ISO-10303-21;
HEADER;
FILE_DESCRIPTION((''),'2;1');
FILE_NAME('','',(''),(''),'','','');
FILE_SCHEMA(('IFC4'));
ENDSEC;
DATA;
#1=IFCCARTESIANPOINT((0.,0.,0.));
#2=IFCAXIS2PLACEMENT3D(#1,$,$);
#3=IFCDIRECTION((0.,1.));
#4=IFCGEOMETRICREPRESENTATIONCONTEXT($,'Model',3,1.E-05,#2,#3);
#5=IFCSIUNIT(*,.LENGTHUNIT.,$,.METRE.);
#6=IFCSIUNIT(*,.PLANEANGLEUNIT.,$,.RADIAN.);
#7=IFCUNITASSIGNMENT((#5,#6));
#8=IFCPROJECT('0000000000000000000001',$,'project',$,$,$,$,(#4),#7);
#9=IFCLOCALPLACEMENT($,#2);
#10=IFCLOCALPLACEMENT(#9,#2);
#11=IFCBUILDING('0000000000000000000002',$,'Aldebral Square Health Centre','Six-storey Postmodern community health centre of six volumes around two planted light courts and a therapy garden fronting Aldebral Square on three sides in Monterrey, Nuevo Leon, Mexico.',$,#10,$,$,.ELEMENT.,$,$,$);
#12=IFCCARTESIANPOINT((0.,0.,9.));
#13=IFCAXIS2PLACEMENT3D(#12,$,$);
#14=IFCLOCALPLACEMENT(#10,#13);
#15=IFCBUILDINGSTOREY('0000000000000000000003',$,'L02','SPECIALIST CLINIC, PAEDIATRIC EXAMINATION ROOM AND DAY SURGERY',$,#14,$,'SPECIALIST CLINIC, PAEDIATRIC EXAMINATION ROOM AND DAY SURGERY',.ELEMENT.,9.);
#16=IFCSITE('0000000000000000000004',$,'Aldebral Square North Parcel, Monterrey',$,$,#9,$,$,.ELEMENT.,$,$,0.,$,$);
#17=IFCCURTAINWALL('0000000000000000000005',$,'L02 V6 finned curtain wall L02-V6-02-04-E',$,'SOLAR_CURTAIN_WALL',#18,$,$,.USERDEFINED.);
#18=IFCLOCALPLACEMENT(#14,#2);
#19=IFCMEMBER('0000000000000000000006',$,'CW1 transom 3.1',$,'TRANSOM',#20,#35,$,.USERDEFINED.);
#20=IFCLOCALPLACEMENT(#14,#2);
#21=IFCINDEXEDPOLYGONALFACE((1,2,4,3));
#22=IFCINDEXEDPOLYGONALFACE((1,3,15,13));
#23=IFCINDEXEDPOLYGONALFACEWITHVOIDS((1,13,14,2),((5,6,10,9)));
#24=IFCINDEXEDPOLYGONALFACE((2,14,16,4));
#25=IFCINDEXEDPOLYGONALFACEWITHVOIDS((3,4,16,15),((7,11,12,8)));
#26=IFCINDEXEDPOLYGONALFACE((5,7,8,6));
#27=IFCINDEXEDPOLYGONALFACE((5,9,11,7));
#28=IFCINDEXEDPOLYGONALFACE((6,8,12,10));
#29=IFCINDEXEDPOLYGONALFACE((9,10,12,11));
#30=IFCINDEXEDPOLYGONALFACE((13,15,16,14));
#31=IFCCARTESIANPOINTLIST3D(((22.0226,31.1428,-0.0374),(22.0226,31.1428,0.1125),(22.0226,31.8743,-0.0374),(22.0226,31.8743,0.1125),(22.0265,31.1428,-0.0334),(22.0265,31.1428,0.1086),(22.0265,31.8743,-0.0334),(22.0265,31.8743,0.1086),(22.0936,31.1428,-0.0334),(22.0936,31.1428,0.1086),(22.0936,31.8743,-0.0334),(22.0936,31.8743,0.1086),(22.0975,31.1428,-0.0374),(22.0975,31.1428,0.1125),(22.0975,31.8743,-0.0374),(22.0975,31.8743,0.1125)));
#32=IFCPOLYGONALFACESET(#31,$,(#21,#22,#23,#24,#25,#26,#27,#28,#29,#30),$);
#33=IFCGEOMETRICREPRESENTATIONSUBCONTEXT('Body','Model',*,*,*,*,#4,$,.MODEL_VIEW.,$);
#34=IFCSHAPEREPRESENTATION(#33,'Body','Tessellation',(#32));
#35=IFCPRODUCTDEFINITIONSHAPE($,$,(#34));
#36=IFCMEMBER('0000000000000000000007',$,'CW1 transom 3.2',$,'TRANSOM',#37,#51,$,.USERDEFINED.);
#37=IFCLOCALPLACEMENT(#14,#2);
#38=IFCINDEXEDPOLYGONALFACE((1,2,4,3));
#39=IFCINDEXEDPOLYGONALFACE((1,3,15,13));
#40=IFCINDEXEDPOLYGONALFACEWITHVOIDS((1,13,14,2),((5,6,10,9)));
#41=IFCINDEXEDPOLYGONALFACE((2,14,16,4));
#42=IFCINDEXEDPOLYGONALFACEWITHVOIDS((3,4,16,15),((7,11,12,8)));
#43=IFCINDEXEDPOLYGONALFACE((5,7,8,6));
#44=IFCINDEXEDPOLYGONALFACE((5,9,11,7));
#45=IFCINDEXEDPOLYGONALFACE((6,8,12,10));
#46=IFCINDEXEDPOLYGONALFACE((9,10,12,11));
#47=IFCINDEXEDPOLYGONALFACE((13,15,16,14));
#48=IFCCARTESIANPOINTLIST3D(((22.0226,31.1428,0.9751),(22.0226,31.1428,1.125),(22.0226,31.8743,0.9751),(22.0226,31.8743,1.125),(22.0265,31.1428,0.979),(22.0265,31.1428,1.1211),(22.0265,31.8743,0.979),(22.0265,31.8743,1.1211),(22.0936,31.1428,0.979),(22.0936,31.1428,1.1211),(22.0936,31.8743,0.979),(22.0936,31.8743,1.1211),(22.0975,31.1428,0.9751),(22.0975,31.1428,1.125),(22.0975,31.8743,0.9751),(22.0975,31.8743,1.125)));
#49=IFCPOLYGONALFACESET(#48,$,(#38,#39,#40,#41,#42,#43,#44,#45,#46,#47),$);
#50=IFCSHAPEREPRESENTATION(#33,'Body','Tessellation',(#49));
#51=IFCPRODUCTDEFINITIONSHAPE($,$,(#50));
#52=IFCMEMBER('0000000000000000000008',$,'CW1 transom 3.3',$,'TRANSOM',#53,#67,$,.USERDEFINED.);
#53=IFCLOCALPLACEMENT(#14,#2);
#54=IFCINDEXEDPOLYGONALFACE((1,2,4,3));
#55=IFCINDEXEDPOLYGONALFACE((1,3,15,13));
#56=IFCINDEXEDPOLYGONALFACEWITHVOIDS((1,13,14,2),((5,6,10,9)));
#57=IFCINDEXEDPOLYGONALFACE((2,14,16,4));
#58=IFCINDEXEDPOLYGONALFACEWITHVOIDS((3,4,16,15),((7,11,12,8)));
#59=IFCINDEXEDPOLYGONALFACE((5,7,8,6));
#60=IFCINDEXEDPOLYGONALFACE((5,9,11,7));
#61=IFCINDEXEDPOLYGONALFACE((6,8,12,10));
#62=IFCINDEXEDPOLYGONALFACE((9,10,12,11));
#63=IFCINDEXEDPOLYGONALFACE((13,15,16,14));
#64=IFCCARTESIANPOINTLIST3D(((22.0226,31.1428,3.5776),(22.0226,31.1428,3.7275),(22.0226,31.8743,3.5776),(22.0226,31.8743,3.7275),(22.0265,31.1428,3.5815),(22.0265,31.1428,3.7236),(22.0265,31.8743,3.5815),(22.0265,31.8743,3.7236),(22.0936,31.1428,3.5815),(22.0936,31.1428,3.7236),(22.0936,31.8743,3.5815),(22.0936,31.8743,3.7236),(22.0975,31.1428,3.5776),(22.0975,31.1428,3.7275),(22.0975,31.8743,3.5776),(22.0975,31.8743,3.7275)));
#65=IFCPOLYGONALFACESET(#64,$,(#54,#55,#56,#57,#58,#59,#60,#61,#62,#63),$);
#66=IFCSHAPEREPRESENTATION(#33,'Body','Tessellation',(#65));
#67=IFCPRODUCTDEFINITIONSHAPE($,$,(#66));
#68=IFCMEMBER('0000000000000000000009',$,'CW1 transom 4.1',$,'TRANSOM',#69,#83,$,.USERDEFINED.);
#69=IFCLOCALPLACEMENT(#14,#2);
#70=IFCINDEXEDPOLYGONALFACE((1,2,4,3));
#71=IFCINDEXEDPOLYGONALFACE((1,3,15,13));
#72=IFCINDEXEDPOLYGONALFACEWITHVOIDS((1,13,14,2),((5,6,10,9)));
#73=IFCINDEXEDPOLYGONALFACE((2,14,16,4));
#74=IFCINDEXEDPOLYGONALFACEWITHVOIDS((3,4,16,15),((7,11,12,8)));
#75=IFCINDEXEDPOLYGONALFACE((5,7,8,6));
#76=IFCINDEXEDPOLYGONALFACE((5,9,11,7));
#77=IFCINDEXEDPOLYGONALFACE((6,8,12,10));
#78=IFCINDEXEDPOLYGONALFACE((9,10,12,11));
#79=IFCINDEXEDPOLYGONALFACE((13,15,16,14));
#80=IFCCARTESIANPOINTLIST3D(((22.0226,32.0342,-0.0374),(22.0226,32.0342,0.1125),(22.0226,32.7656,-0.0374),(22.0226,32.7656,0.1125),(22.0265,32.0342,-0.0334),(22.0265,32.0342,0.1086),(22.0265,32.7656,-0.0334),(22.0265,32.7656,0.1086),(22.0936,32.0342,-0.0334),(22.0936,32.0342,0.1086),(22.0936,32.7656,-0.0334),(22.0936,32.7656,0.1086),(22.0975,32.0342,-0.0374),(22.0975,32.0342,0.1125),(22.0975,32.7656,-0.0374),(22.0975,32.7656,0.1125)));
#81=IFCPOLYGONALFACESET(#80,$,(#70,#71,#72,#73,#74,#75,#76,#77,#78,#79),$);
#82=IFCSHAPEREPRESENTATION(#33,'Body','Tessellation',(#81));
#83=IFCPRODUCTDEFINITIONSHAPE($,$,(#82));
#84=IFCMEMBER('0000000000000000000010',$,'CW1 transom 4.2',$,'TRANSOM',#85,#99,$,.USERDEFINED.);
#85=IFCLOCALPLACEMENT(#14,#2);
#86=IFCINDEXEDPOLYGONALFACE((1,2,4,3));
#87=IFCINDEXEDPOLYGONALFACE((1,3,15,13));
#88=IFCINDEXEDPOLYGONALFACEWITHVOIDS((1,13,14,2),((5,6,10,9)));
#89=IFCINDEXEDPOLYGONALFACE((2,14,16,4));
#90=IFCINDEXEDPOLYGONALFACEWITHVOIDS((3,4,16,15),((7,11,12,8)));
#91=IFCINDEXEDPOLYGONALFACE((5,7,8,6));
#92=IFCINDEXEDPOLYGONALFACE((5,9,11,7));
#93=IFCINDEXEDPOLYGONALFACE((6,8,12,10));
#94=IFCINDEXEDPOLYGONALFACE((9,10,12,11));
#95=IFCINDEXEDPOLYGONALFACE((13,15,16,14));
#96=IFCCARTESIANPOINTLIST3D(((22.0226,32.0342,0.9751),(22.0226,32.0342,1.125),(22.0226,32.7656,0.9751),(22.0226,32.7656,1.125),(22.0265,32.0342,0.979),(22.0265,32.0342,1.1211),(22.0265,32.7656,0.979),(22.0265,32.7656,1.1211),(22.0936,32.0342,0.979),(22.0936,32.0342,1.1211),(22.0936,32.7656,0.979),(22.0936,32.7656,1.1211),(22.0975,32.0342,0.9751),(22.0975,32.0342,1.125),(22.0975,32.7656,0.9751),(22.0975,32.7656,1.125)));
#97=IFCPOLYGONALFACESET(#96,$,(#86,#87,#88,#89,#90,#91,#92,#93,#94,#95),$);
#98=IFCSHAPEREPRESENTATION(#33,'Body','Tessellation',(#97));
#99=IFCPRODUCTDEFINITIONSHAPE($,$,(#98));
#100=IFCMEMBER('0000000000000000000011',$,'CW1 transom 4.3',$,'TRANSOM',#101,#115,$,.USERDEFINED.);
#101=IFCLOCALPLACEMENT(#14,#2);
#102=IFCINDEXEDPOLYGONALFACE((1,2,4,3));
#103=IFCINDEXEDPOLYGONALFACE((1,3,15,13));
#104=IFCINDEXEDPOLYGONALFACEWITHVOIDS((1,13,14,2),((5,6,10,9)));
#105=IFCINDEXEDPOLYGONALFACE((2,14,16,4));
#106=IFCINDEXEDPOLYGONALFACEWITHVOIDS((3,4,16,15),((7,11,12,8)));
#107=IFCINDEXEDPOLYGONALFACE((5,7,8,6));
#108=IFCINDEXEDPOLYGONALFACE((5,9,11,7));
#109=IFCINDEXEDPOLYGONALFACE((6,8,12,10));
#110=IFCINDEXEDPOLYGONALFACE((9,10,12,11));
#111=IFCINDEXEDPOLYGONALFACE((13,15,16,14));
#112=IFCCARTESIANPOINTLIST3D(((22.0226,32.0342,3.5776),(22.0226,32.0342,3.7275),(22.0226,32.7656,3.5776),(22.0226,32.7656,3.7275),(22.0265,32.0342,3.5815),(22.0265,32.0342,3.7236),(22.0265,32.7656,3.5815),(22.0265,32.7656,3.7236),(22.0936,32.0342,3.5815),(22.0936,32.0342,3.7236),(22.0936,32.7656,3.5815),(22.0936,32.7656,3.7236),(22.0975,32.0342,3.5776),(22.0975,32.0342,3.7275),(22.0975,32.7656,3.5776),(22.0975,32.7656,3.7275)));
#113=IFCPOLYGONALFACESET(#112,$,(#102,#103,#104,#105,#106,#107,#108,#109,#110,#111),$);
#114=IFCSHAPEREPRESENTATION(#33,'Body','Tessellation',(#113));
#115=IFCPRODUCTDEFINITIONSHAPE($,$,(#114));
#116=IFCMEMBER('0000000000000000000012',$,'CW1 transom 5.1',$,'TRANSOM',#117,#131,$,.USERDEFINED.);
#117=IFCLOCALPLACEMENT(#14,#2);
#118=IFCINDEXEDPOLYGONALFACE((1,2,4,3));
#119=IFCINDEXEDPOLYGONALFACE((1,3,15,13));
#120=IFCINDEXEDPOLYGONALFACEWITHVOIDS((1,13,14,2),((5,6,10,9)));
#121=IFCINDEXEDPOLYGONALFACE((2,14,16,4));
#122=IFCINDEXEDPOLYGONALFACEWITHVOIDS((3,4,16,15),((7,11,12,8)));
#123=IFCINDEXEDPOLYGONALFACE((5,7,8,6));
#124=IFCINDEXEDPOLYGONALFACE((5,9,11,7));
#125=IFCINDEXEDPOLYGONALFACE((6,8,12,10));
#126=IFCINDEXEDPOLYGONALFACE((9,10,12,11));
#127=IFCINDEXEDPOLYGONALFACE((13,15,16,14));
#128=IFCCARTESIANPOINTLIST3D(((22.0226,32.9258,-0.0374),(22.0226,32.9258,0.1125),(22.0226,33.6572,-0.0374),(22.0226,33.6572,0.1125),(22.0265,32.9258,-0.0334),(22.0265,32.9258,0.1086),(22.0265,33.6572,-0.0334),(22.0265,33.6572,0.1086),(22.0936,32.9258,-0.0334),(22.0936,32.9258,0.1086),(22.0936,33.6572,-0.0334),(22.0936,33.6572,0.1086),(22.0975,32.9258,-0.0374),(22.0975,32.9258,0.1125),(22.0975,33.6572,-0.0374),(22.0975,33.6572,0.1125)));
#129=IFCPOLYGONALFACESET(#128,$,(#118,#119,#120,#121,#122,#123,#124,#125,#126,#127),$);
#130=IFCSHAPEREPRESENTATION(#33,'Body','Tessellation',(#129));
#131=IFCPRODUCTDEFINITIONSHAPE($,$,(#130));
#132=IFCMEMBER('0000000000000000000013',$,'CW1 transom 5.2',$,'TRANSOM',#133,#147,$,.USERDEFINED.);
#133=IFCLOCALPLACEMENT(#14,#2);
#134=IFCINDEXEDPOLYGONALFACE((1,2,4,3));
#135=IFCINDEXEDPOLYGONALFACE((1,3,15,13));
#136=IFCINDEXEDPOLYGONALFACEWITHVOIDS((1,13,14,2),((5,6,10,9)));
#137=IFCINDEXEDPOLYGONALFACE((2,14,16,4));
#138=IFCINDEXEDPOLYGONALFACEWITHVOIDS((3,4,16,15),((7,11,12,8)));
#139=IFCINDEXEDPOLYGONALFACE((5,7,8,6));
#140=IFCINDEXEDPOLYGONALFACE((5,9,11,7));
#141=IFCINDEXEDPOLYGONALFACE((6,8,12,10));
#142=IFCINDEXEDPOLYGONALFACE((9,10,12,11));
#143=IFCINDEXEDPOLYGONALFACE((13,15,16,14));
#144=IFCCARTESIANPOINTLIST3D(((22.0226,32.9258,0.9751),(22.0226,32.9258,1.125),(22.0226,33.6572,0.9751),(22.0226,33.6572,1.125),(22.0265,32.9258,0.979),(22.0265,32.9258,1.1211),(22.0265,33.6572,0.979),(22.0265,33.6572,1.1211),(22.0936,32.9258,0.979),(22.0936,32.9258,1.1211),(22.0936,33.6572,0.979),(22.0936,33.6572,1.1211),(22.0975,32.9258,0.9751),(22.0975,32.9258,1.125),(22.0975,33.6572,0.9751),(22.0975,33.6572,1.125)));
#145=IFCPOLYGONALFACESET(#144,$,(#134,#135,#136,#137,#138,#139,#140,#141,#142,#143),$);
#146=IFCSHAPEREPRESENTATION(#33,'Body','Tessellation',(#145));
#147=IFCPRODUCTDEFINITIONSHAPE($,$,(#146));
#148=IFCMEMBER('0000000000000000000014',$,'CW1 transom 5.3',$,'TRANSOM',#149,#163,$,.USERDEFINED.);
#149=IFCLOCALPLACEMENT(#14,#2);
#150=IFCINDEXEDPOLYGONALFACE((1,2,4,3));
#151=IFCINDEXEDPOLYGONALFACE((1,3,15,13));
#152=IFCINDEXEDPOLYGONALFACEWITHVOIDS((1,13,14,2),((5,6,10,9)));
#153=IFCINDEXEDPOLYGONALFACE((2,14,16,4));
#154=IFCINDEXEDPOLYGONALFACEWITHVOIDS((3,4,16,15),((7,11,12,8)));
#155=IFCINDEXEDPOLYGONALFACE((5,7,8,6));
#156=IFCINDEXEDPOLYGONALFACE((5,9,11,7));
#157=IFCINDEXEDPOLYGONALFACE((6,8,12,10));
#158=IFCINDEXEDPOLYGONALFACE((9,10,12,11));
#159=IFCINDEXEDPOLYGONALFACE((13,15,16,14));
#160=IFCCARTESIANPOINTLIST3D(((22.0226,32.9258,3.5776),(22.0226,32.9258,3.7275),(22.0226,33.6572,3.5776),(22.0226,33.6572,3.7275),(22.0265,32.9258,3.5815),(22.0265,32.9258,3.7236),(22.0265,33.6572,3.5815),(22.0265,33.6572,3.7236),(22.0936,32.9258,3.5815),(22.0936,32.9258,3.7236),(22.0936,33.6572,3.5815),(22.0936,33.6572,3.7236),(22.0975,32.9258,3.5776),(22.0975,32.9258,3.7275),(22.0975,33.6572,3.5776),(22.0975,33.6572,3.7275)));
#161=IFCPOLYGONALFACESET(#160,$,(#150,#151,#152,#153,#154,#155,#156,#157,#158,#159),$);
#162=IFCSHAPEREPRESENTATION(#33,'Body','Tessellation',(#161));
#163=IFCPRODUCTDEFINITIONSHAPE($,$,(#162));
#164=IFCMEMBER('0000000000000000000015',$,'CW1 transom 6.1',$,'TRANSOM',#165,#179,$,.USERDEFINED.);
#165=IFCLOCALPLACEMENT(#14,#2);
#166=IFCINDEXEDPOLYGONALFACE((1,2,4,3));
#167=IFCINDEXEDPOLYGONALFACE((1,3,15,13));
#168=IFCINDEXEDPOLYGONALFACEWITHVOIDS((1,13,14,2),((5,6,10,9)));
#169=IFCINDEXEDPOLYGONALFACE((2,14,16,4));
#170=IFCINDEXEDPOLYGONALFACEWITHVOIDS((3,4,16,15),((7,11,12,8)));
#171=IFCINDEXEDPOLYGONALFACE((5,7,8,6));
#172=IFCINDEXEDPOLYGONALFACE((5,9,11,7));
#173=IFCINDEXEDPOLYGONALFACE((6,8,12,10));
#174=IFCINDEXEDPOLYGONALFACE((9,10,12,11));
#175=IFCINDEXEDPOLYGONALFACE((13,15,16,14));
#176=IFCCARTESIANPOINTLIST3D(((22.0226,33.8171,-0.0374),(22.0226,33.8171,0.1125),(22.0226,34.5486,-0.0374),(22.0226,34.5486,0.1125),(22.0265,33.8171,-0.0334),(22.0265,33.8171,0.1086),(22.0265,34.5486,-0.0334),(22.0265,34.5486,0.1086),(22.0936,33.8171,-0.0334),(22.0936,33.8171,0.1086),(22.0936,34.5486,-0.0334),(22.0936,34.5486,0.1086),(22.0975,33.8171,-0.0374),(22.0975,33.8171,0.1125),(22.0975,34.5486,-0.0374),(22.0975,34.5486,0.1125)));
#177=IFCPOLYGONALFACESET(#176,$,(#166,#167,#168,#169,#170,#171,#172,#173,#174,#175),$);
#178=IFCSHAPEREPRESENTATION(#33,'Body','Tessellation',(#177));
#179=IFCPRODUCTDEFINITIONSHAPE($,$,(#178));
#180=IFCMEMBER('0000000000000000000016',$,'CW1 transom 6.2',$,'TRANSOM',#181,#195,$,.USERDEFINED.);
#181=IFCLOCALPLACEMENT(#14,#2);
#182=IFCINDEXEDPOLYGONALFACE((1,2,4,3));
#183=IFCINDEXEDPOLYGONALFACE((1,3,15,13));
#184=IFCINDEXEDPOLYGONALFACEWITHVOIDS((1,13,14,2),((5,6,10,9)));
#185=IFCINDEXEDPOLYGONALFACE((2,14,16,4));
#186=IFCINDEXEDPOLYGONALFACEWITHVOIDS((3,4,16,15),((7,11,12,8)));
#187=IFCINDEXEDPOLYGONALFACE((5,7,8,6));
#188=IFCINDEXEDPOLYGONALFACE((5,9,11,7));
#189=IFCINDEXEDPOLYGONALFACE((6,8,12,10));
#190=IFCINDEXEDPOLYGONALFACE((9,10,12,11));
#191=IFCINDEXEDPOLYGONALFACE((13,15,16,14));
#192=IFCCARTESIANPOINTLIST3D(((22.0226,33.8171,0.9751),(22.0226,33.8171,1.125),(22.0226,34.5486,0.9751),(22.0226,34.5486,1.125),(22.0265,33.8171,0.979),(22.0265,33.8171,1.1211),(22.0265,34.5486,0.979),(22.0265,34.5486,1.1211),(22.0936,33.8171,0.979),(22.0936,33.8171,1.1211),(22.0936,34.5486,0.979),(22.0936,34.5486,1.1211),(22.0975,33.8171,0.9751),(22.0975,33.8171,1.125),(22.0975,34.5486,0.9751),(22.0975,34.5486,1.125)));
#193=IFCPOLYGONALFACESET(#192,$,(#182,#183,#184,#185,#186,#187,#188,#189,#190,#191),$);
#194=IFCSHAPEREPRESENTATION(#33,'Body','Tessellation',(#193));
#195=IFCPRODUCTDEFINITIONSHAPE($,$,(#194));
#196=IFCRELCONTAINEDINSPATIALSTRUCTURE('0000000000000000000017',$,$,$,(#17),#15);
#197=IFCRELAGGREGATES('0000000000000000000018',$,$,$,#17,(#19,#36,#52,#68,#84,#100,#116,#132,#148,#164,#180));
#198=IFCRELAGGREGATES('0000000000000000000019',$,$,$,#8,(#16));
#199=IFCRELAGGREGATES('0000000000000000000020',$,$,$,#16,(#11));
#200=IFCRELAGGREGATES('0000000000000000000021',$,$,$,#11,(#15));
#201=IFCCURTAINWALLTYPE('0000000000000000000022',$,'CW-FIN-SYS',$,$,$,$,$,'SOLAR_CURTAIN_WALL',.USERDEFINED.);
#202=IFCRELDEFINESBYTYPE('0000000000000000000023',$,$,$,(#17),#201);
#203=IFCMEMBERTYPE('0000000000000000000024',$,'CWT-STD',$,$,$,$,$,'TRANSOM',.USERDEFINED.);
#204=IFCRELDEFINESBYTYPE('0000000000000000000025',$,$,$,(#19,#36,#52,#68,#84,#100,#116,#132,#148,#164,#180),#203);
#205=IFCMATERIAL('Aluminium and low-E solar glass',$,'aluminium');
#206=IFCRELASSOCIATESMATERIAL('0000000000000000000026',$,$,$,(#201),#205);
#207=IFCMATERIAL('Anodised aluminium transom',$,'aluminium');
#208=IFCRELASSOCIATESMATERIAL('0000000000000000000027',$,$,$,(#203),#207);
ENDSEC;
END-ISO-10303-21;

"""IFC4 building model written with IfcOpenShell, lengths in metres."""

from ifc_helpers import new_model, si_unit, direction, frame, origin, origin_2d, place, context, subcontext, project, spatial, hollow_rectangle, extrude, material, material_profile, profile_set, type_object, element, aggregate, save


model = new_model("IFC4")

# Units and contexts
model_context = context("Model", 3, precision=1e-05, world=origin(), true_north=direction((0.0, 1.0)))
body_context = subcontext(model_context, "Body", "Model", "MODEL_VIEW")
ifc_project = project(units=[si_unit("LENGTHUNIT", "METRE"), si_unit("PLANEANGLEUNIT", "RADIAN")], contexts=[model_context])

# Site, building, storey
site_placement = place(None, origin())
site = spatial("IfcSite", under=ifc_project, at=site_placement, Name="Aldebral Square North Parcel, Monterrey", CompositionType="ELEMENT", RefElevation=0.0)
building_placement = place(site_placement, origin())
building = spatial("IfcBuilding", under=site, at=building_placement, Name="Aldebral Square Health Centre", Description="Six-storey Postmodern community health centre of six volumes around two planted light courts and a therapy garden fronting Aldebral Square on three sides in Monterrey, Nuevo Leon, Mexico.", CompositionType="ELEMENT")
storey_placement = place(building_placement, frame((0.0, 0.0, 9.0)))
storey = spatial("IfcBuildingStorey", under=building, at=storey_placement, Name="L02", Description="SPECIALIST CLINIC, PAEDIATRIC EXAMINATION ROOM AND DAY SURGERY", LongName="SPECIALIST CLINIC, PAEDIATRIC EXAMINATION ROOM AND DAY SURGERY", CompositionType="ELEMENT", Elevation=9.0)

# Curtain wall, members
ifc_material_1 = material(Name="Aluminium and low-E solar glass", Category="aluminium")
curtain_wall_type = type_object("IfcCurtainWallType", Name="CW-FIN-SYS", ElementType="SOLAR_CURTAIN_WALL", PredefinedType="USERDEFINED", material=ifc_material_1)
curtain_wall_placement = place(storey_placement, origin())
curtain_wall = element("IfcCurtainWall", 1, at=curtain_wall_placement, inside=storey, type_object=curtain_wall_type, Name="L02 V6 finned curtain wall L02-V6-02-04-E", ObjectType="SOLAR_CURTAIN_WALL", PredefinedType="USERDEFINED")
ifc_material_2 = material(Name="Anodised aluminium transom", Category="aluminium")
ifc_material_profile_1 = material_profile(ifc_material_2, hollow_rectangle(XDim=0.075, YDim=0.1499, WallThickness=0.0039, at=origin_2d()), Name="CWT 75x150x4")
ifc_profile_set_1 = profile_set([ifc_material_profile_1], Name="Anodised aluminium transom")
member_type_1 = type_object("IfcMemberType", Name="CWT-STD", ElementType="TRANSOM", PredefinedType="USERDEFINED", material=ifc_profile_set_1)
member_1_placement = place(storey_placement, frame((22.0601, 31.1428, 0.0376), z_axis=(0.0, 1.0, 0.0), x_axis=(-1.0, 0.0, 0.0)))
member_1 = element("IfcMember", 2, at=member_1_placement, type_object=member_type_1, Name="CW1 transom 3.1", ObjectType="TRANSOM", PredefinedType="USERDEFINED", context=body_context, shape_type="SweptSolid", body=[
    extrude(hollow_rectangle(XDim=0.075, YDim=0.1499, WallThickness=0.0039, at=origin_2d()), origin(), (0.0, 0.0, 1.0), 0.7314),
])
member_2_placement = place(storey_placement, frame((22.0601, 31.1428, 1.05), z_axis=(0.0, 1.0, 0.0), x_axis=(-1.0, 0.0, 0.0)))
member_2 = element("IfcMember", 3, at=member_2_placement, type_object=member_type_1, Name="CW1 transom 3.2", ObjectType="TRANSOM", PredefinedType="USERDEFINED", context=body_context, shape_type="SweptSolid", body=[
    extrude(hollow_rectangle(XDim=0.075, YDim=0.1499, WallThickness=0.0039, at=origin_2d()), origin(), (0.0, 0.0, 1.0), 0.7314),
])
member_3_placement = place(storey_placement, frame((22.0601, 31.1428, 3.6526), z_axis=(0.0, 1.0, 0.0), x_axis=(-1.0, 0.0, 0.0)))
member_3 = element("IfcMember", 4, at=member_3_placement, type_object=member_type_1, Name="CW1 transom 3.3", ObjectType="TRANSOM", PredefinedType="USERDEFINED", context=body_context, shape_type="SweptSolid", body=[
    extrude(hollow_rectangle(XDim=0.075, YDim=0.1499, WallThickness=0.0039, at=origin_2d()), origin(), (0.0, 0.0, 1.0), 0.7314),
])
member_4_placement = place(storey_placement, frame((22.0601, 32.0342, 0.0376), z_axis=(0.0, 1.0, 0.0), x_axis=(-1.0, 0.0, 0.0)))
member_4 = element("IfcMember", 5, at=member_4_placement, type_object=member_type_1, Name="CW1 transom 4.1", ObjectType="TRANSOM", PredefinedType="USERDEFINED", context=body_context, shape_type="SweptSolid", body=[
    extrude(hollow_rectangle(XDim=0.075, YDim=0.1499, WallThickness=0.0039, at=origin_2d()), origin(), (0.0, 0.0, 1.0), 0.7314),
])
member_5_placement = place(storey_placement, frame((22.0601, 32.0342, 1.05), z_axis=(0.0, 1.0, 0.0), x_axis=(-1.0, 0.0, 0.0)))
member_5 = element("IfcMember", 6, at=member_5_placement, type_object=member_type_1, Name="CW1 transom 4.2", ObjectType="TRANSOM", PredefinedType="USERDEFINED", context=body_context, shape_type="SweptSolid", body=[
    extrude(hollow_rectangle(XDim=0.075, YDim=0.1499, WallThickness=0.0039, at=origin_2d()), origin(), (0.0, 0.0, 1.0), 0.7314),
])
member_6_placement = place(storey_placement, frame((22.0601, 32.0342, 3.6526), z_axis=(0.0, 1.0, 0.0), x_axis=(-1.0, 0.0, 0.0)))
member_6 = element("IfcMember", 7, at=member_6_placement, type_object=member_type_1, Name="CW1 transom 4.3", ObjectType="TRANSOM", PredefinedType="USERDEFINED", context=body_context, shape_type="SweptSolid", body=[
    extrude(hollow_rectangle(XDim=0.075, YDim=0.1499, WallThickness=0.0039, at=origin_2d()), origin(), (0.0, 0.0, 1.0), 0.7314),
])
member_7_placement = place(storey_placement, frame((22.0601, 32.9258, 0.0376), z_axis=(0.0, 1.0, 0.0), x_axis=(-1.0, 0.0, 0.0)))
member_7 = element("IfcMember", 8, at=member_7_placement, type_object=member_type_1, Name="CW1 transom 5.1", ObjectType="TRANSOM", PredefinedType="USERDEFINED", context=body_context, shape_type="SweptSolid", body=[
    extrude(hollow_rectangle(XDim=0.075, YDim=0.1499, WallThickness=0.0039, at=origin_2d()), origin(), (0.0, 0.0, 1.0), 0.7314),
])
member_8_placement = place(storey_placement, frame((22.0601, 32.9258, 1.05), z_axis=(0.0, 1.0, 0.0), x_axis=(-1.0, 0.0, 0.0)))
member_8 = element("IfcMember", 9, at=member_8_placement, type_object=member_type_1, Name="CW1 transom 5.2", ObjectType="TRANSOM", PredefinedType="USERDEFINED", context=body_context, shape_type="SweptSolid", body=[
    extrude(hollow_rectangle(XDim=0.075, YDim=0.1499, WallThickness=0.0039, at=origin_2d()), origin(), (0.0, 0.0, 1.0), 0.7314),
])
member_9_placement = place(storey_placement, frame((22.0601, 32.9258, 3.6526), z_axis=(0.0, 1.0, 0.0), x_axis=(-1.0, 0.0, 0.0)))
member_9 = element("IfcMember", 10, at=member_9_placement, type_object=member_type_1, Name="CW1 transom 5.3", ObjectType="TRANSOM", PredefinedType="USERDEFINED", context=body_context, shape_type="SweptSolid", body=[
    extrude(hollow_rectangle(XDim=0.075, YDim=0.1499, WallThickness=0.0039, at=origin_2d()), origin(), (0.0, 0.0, 1.0), 0.7314),
])
member_10_placement = place(storey_placement, frame((22.0601, 33.8171, 0.0376), z_axis=(0.0, 1.0, 0.0), x_axis=(-1.0, 0.0, 0.0)))
member_10 = element("IfcMember", 11, at=member_10_placement, type_object=member_type_1, Name="CW1 transom 6.1", ObjectType="TRANSOM", PredefinedType="USERDEFINED", context=body_context, shape_type="SweptSolid", body=[
    extrude(hollow_rectangle(XDim=0.075, YDim=0.1499, WallThickness=0.0039, at=origin_2d()), origin(), (0.0, 0.0, 1.0), 0.7314),
])
member_11_placement = place(storey_placement, frame((22.0601, 33.8171, 1.05), z_axis=(0.0, 1.0, 0.0), x_axis=(-1.0, 0.0, 0.0)))
member_11 = element("IfcMember", 12, at=member_11_placement, type_object=member_type_1, Name="CW1 transom 6.2", ObjectType="TRANSOM", PredefinedType="USERDEFINED", context=body_context, shape_type="SweptSolid", body=[
    extrude(hollow_rectangle(XDim=0.075, YDim=0.1499, WallThickness=0.0039, at=origin_2d()), origin(), (0.0, 0.0, 1.0), 0.7314),
])
aggregate(curtain_wall, [member_1, member_2, member_3, member_4, member_5, member_6, member_7, member_8, member_9, member_10, member_11])

save(model, "model.ifc")
